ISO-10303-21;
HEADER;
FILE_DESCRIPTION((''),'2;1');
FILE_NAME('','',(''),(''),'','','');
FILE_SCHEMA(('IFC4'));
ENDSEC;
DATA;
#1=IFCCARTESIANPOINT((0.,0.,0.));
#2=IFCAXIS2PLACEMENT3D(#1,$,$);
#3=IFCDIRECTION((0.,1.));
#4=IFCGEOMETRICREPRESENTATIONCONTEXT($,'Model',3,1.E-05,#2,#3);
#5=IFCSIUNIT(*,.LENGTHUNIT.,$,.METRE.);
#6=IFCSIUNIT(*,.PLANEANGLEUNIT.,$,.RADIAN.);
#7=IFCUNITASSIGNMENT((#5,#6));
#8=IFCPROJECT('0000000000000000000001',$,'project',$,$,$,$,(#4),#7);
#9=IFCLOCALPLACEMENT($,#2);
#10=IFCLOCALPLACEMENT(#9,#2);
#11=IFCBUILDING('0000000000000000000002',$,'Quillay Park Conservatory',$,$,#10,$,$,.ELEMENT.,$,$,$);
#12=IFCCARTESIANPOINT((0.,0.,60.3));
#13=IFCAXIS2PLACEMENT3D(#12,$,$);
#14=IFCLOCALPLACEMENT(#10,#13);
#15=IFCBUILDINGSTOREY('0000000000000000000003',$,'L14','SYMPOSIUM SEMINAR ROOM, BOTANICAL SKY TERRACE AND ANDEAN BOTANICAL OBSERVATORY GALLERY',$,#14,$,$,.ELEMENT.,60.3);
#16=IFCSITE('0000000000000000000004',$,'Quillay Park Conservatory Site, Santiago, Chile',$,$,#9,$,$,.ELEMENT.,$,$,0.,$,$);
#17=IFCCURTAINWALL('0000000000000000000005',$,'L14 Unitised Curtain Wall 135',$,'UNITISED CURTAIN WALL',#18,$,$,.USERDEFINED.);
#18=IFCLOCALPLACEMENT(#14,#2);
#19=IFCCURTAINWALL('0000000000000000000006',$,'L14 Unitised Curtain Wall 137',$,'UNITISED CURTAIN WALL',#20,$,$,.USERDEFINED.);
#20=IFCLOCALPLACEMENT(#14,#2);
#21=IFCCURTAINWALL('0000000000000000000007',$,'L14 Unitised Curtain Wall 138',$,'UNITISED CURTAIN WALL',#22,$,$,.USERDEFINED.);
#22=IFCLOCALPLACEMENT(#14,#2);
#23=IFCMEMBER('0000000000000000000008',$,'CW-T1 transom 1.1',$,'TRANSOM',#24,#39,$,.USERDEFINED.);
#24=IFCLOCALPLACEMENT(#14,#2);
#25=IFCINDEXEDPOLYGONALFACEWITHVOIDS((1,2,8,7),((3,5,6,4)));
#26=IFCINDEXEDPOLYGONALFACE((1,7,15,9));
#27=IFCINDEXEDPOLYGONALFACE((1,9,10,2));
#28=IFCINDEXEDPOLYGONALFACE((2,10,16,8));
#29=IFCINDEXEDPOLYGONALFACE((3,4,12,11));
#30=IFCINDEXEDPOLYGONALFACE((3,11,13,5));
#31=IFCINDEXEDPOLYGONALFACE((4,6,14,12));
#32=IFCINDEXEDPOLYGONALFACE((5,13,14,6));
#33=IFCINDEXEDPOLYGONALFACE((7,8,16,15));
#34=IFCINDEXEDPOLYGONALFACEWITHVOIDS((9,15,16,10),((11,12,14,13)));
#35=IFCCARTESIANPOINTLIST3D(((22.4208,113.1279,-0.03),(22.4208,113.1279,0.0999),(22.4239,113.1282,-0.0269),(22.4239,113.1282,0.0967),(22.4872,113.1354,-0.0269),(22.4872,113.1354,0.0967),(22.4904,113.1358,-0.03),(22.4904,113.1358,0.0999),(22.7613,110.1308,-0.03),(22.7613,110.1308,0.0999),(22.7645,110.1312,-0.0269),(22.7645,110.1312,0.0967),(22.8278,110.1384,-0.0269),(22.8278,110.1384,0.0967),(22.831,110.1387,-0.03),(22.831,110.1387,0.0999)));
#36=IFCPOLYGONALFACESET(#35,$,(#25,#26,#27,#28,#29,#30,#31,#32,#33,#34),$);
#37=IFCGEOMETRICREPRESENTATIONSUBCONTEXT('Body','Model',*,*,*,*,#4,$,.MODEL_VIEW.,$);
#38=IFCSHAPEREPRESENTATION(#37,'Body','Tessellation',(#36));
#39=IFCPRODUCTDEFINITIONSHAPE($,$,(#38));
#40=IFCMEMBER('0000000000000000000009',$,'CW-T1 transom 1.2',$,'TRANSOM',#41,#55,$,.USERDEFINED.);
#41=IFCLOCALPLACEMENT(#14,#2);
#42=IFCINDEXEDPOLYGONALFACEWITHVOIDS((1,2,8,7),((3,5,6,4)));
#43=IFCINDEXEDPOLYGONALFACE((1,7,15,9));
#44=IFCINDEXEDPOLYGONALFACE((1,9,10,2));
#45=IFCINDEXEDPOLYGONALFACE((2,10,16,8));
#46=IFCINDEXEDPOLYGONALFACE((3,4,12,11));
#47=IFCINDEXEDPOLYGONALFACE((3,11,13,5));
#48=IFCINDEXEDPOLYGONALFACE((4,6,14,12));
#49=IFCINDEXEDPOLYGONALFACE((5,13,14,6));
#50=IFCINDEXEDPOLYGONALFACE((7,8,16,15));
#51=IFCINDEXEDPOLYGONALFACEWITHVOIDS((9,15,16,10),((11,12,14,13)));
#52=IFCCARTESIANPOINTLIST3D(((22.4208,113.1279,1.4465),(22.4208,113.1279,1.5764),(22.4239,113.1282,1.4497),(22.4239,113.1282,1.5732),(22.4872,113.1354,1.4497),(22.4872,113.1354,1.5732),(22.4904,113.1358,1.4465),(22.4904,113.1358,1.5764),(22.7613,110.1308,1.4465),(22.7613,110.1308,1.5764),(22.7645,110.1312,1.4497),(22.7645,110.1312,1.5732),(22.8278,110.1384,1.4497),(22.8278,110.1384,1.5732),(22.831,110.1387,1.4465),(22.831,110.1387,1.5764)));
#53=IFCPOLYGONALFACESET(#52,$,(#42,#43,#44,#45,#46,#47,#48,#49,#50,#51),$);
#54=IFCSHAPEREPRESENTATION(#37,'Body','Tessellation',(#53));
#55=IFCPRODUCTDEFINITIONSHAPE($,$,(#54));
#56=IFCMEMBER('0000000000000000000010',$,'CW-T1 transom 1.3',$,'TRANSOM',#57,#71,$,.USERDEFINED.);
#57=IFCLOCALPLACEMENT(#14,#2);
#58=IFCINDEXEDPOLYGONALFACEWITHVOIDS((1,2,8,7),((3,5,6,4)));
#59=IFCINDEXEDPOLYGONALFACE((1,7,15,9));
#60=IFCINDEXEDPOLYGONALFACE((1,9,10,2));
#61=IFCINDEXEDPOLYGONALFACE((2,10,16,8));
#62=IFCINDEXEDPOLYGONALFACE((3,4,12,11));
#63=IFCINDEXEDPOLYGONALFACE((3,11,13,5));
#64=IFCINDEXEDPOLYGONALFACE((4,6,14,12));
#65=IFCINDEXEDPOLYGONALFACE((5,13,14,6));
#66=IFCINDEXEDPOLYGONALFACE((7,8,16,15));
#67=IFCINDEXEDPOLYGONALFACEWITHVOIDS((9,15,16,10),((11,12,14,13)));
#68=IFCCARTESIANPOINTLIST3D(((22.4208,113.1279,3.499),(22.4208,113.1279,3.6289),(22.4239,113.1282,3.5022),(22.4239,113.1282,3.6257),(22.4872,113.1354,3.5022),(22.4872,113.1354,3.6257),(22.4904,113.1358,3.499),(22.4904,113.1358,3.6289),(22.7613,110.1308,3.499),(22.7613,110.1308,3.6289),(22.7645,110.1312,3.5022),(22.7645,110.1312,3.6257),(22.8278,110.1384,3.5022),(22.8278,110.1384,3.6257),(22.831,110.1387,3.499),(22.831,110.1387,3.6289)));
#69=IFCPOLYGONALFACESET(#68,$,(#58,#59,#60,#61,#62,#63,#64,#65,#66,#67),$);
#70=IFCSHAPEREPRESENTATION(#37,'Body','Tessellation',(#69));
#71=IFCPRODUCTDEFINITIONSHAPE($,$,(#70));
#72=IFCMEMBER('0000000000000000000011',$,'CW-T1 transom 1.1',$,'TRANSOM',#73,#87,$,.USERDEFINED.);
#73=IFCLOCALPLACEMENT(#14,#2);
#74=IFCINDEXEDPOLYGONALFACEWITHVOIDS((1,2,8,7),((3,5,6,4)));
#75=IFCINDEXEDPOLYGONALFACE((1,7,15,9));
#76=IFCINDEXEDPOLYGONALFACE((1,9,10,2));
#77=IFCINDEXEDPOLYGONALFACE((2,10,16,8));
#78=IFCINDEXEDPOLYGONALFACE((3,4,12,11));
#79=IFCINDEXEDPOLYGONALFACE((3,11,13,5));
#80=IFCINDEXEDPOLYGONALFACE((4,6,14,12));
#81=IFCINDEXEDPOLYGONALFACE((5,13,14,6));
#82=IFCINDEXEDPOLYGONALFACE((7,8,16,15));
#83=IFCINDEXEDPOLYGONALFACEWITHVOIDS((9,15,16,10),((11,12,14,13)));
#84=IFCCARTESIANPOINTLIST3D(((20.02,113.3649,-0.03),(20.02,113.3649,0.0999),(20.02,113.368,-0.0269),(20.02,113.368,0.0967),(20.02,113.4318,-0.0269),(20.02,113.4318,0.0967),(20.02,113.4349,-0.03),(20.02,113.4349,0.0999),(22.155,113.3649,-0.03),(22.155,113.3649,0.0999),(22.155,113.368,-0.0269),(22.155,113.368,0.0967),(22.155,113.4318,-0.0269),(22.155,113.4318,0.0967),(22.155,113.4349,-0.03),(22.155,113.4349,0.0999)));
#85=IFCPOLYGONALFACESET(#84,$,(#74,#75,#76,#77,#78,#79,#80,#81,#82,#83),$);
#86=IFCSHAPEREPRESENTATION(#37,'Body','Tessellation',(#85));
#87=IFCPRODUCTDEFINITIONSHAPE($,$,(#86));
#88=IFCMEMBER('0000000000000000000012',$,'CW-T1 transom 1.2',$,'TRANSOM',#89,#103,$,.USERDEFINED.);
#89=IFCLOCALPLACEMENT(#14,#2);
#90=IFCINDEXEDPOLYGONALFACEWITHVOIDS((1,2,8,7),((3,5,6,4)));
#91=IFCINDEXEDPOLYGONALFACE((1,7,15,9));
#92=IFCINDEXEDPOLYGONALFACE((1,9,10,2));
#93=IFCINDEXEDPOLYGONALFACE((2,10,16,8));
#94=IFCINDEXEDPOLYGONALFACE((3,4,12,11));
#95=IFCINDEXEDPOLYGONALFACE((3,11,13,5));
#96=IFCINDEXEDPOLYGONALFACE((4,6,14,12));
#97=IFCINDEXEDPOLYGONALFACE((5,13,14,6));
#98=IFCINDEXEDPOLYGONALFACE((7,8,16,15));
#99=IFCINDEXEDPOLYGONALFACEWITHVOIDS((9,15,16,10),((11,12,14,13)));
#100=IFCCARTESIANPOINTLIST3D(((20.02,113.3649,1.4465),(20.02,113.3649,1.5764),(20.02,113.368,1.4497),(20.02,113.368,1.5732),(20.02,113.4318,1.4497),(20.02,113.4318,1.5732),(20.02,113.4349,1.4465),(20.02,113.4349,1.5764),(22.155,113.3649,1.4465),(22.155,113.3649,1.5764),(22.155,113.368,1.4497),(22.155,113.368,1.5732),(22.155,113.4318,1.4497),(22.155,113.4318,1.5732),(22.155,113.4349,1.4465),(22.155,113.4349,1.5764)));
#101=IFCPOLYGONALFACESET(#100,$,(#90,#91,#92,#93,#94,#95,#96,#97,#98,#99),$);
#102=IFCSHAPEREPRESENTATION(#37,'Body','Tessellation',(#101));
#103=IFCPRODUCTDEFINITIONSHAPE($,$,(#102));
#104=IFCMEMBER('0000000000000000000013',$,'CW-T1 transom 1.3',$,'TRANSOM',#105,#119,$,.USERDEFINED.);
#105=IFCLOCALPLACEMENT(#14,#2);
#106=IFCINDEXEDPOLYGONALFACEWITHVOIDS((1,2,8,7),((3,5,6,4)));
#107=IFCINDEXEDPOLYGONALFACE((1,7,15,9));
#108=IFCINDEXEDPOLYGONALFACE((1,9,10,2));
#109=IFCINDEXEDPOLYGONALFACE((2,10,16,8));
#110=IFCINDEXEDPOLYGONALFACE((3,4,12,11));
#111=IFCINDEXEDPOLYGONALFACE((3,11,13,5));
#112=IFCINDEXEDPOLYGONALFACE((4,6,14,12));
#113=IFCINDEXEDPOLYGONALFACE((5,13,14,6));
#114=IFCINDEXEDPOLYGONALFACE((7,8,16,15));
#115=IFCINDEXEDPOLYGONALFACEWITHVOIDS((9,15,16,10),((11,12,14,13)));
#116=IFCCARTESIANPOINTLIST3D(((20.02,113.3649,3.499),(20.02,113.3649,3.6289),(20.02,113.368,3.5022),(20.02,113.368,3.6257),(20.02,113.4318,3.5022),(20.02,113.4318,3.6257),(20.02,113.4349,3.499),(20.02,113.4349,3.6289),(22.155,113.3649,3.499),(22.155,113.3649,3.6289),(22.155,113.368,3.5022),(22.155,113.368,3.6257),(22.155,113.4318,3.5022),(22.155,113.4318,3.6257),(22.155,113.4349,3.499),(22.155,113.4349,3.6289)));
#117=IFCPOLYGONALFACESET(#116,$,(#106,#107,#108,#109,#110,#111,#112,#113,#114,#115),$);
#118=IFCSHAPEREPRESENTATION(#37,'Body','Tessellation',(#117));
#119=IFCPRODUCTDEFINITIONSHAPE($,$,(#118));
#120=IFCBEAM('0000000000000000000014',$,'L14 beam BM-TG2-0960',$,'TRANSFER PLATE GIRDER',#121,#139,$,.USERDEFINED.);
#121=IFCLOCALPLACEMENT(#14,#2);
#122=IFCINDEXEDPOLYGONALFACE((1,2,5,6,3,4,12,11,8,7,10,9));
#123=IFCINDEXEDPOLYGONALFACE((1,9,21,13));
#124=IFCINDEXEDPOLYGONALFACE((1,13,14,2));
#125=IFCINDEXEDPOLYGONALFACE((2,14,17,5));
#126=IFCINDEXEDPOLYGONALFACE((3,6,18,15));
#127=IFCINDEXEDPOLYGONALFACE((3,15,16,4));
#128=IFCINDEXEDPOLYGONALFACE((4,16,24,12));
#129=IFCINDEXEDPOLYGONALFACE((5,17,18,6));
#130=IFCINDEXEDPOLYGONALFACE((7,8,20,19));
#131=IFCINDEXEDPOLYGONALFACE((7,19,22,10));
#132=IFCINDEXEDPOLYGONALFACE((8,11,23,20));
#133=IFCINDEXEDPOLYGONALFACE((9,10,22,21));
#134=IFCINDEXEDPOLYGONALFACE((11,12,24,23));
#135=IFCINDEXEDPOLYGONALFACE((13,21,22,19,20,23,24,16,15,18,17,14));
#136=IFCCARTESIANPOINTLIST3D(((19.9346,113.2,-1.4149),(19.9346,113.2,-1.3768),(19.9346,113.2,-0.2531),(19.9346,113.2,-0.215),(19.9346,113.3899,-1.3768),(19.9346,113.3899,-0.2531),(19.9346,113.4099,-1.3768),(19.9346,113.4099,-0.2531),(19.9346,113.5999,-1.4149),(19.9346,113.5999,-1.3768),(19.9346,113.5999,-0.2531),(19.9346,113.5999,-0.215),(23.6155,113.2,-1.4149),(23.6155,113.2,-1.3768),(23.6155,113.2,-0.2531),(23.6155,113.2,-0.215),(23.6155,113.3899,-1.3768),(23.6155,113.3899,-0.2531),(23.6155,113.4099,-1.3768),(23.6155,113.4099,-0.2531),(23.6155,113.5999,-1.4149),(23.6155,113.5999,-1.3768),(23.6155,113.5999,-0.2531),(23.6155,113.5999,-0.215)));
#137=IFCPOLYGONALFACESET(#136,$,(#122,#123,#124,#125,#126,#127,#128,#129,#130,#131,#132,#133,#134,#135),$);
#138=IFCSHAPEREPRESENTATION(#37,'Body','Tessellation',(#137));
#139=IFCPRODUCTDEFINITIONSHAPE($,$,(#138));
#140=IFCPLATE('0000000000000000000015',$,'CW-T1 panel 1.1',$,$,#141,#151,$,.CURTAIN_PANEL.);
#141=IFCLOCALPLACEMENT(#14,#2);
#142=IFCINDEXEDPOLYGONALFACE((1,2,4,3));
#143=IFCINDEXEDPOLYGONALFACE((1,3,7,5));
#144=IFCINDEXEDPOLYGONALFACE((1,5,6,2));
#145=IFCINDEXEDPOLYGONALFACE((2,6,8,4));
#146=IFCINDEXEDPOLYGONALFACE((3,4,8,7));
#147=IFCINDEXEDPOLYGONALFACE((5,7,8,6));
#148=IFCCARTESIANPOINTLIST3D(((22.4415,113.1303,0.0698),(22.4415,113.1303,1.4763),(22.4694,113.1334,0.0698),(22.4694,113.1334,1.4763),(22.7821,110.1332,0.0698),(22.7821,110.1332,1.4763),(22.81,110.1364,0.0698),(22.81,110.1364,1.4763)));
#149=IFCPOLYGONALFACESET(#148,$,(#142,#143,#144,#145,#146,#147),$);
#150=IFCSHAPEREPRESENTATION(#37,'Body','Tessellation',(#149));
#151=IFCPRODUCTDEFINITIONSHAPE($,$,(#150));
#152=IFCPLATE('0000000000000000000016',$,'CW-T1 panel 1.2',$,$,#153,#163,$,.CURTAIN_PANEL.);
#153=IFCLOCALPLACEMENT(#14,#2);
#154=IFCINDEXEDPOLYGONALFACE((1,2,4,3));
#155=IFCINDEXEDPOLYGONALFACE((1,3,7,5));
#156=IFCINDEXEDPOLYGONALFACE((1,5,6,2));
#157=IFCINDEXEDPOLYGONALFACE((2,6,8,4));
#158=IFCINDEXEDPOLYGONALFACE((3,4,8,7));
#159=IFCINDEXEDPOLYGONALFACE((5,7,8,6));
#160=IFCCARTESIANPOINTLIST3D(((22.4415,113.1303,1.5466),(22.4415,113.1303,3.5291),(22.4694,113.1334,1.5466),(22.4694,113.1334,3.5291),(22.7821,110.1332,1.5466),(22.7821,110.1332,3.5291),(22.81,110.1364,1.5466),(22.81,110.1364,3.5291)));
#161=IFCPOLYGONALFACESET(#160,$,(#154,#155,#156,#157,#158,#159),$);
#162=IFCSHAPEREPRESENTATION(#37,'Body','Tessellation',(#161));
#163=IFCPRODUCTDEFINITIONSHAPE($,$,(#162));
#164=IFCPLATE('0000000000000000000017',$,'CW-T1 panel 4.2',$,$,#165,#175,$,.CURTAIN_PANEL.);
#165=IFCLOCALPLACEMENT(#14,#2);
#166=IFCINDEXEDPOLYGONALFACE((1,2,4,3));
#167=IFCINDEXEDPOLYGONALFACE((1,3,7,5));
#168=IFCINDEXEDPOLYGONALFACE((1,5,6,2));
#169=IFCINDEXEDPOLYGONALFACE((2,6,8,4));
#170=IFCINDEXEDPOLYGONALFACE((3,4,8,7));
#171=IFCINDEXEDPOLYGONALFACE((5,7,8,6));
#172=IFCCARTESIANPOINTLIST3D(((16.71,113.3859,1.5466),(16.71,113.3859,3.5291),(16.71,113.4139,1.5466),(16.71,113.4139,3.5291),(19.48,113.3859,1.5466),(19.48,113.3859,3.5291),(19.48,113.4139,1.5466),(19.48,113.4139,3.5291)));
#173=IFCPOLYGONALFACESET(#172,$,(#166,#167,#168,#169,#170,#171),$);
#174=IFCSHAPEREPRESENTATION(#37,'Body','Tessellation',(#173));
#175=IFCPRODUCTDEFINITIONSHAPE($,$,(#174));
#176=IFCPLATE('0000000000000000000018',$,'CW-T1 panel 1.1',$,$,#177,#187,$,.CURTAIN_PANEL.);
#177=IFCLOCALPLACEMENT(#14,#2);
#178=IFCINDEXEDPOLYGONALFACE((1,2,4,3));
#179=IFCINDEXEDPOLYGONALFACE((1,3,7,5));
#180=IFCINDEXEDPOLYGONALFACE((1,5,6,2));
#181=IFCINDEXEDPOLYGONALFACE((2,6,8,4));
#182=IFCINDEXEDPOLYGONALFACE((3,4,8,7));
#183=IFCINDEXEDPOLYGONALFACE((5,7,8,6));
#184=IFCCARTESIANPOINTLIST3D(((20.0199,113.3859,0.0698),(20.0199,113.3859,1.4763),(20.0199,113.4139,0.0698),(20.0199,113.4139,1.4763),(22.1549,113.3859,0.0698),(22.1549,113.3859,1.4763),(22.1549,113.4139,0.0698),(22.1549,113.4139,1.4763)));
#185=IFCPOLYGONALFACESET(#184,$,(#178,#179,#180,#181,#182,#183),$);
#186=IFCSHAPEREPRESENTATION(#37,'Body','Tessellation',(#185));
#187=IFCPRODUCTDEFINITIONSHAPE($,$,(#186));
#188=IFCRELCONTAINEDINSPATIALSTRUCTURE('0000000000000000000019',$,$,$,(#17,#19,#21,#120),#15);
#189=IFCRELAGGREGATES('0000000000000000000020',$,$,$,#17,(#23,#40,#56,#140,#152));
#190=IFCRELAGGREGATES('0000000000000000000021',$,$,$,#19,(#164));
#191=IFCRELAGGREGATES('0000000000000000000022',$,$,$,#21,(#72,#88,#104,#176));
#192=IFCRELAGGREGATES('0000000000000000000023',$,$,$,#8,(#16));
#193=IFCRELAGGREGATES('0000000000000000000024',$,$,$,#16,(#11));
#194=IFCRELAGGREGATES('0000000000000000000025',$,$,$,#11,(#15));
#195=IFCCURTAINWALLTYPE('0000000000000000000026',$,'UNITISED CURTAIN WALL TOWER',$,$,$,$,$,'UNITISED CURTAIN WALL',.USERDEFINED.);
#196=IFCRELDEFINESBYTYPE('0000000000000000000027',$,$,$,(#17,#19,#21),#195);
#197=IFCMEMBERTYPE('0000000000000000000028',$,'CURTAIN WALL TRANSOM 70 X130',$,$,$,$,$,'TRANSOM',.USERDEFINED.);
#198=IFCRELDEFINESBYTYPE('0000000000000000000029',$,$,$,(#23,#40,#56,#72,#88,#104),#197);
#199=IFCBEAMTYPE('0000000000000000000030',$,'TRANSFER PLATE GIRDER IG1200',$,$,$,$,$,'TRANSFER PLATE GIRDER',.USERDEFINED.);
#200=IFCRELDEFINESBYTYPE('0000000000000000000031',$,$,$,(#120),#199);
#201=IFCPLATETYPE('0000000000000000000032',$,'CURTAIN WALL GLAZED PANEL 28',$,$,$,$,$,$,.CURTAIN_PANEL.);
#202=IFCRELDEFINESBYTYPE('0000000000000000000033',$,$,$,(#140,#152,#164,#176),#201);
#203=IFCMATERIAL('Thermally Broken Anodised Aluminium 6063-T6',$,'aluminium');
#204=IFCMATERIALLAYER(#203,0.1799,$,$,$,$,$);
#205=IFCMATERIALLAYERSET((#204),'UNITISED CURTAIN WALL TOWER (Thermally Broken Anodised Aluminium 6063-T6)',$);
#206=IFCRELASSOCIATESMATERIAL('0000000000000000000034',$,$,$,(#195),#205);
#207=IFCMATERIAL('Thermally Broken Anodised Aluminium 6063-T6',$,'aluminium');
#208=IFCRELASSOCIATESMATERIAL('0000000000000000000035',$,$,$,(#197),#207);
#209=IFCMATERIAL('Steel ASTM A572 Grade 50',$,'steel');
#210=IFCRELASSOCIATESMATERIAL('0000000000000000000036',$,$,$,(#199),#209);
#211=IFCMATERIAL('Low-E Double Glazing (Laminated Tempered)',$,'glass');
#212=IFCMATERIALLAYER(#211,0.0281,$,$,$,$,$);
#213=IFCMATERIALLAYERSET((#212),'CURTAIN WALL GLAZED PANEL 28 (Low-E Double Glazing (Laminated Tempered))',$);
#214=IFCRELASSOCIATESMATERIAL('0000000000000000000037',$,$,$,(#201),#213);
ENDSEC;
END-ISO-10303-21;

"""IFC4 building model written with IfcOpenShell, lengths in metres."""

from ifc_helpers import new_model, si_unit, direction, frame, origin, origin_2d, place, context, subcontext, project, spatial, rectangle, hollow_rectangle, i_section, extrude, material, layer, layer_set, material_profile, profile_set, type_object, element, aggregate, save


model = new_model("IFC4")

# Units and contexts
model_context = context("Model", 3, precision=1e-05, world=origin(), true_north=direction((0.0, 1.0)))
body_context = subcontext(model_context, "Body", "Model", "MODEL_VIEW")
ifc_project = project(units=[si_unit("LENGTHUNIT", "METRE"), si_unit("PLANEANGLEUNIT", "RADIAN")], contexts=[model_context])

# Site, building, storey
site_placement = place(None, origin())
site = spatial("IfcSite", under=ifc_project, at=site_placement, Name="Quillay Park Conservatory Site, Santiago, Chile", CompositionType="ELEMENT", RefElevation=0.0)
building_placement = place(site_placement, origin())
building = spatial("IfcBuilding", under=site, at=building_placement, Name="Quillay Park Conservatory", CompositionType="ELEMENT")
storey_placement = place(building_placement, frame((0.0, 0.0, 60.3)))
storey = spatial("IfcBuildingStorey", under=building, at=storey_placement, Name="L14", Description="SYMPOSIUM SEMINAR ROOM, BOTANICAL SKY TERRACE AND ANDEAN BOTANICAL OBSERVATORY GALLERY", CompositionType="ELEMENT", Elevation=60.3)

# Curtain wall
ifc_material_1 = material(Name="Thermally Broken Anodised Aluminium 6063-T6", Category="aluminium")
ifc_layer_1 = layer(ifc_material_1, 0.1799)
ifc_layer_set_1 = layer_set([ifc_layer_1], Name="UNITISED CURTAIN WALL TOWER (Thermally Broken Anodised Aluminium 6063-T6)")
curtain_wall_type = type_object("IfcCurtainWallType", Name="UNITISED CURTAIN WALL TOWER", ElementType="UNITISED CURTAIN WALL", PredefinedType="USERDEFINED", material=ifc_layer_set_1)
curtain_wall_1_placement = place(storey_placement, origin())
curtain_wall_1 = element("IfcCurtainWall", 1, at=curtain_wall_1_placement, inside=storey, type_object=curtain_wall_type, Name="L14 Unitised Curtain Wall 135", ObjectType="UNITISED CURTAIN WALL", PredefinedType="USERDEFINED")

# Curtain wall
curtain_wall_2_placement = place(storey_placement, origin())
curtain_wall_2 = element("IfcCurtainWall", 2, at=curtain_wall_2_placement, inside=storey, type_object=curtain_wall_type, Name="L14 Unitised Curtain Wall 137", ObjectType="UNITISED CURTAIN WALL", PredefinedType="USERDEFINED")

# Curtain wall
curtain_wall_3_placement = place(storey_placement, origin())
curtain_wall_3 = element("IfcCurtainWall", 3, at=curtain_wall_3_placement, inside=storey, type_object=curtain_wall_type, Name="L14 Unitised Curtain Wall 138", ObjectType="UNITISED CURTAIN WALL", PredefinedType="USERDEFINED")

# Members
ifc_material_2 = material(Name="Thermally Broken Anodised Aluminium 6063-T6", Category="aluminium")
ifc_material_profile_1 = material_profile(ifc_material_2, hollow_rectangle(XDim=0.0701, YDim=0.1299, WallThickness=0.0032, at=origin_2d()), Name="AL70x130x3.2")
ifc_profile_set_1 = profile_set([ifc_material_profile_1], Name="Thermally Broken Anodised Aluminium 6063-T6")
member_type_1 = type_object("IfcMemberType", Name="CURTAIN WALL TRANSOM 70 X130", ElementType="TRANSOM", PredefinedType="USERDEFINED", material=ifc_profile_set_1)
member_1_placement = place(storey_placement, frame((22.4556, 113.1318, 0.0349), z_axis=(0.11291, -0.993605, 0.0), x_axis=(0.993605, 0.11291, 0.0)))
member_1 = element("IfcMember", 4, at=member_1_placement, type_object=member_type_1, Name="CW-T1 transom 1.1", ObjectType="TRANSOM", PredefinedType="USERDEFINED", context=body_context, shape_type="SweptSolid", body=[
    extrude(hollow_rectangle(XDim=0.0701, YDim=0.1299, WallThickness=0.0032, at=origin_2d()), origin(), (0.0, 0.0, 1.0), 3.0164),
])
member_2_placement = place(storey_placement, frame((22.4556, 113.1318, 1.5115), z_axis=(0.11291, -0.993605, 0.0), x_axis=(0.993605, 0.11291, 0.0)))
member_2 = element("IfcMember", 5, at=member_2_placement, type_object=member_type_1, Name="CW-T1 transom 1.2", ObjectType="TRANSOM", PredefinedType="USERDEFINED", context=body_context, shape_type="SweptSolid", body=[
    extrude(hollow_rectangle(XDim=0.0701, YDim=0.1299, WallThickness=0.0032, at=origin_2d()), origin(), (0.0, 0.0, 1.0), 3.0164),
])
member_3_placement = place(storey_placement, frame((22.4556, 113.1318, 3.564), z_axis=(0.11291, -0.993605, 0.0), x_axis=(0.993605, 0.11291, 0.0)))
member_3 = element("IfcMember", 6, at=member_3_placement, type_object=member_type_1, Name="CW-T1 transom 1.3", ObjectType="TRANSOM", PredefinedType="USERDEFINED", context=body_context, shape_type="SweptSolid", body=[
    extrude(hollow_rectangle(XDim=0.0701, YDim=0.1299, WallThickness=0.0032, at=origin_2d()), origin(), (0.0, 0.0, 1.0), 3.0164),
])
member_4_placement = place(storey_placement, frame((20.02, 113.3999, 0.0349), z_axis=(1.0, 0.0, 0.0), x_axis=(0.0, 1.0, 0.0)))
member_4 = element("IfcMember", 7, at=member_4_placement, type_object=member_type_1, Name="CW-T1 transom 1.1", ObjectType="TRANSOM", PredefinedType="USERDEFINED", context=body_context, shape_type="SweptSolid", body=[
    extrude(hollow_rectangle(XDim=0.0701, YDim=0.1299, WallThickness=0.0032, at=origin_2d()), origin(), (0.0, 0.0, 1.0), 2.135),
])
member_5_placement = place(storey_placement, frame((20.02, 113.3999, 1.5115), z_axis=(1.0, 0.0, 0.0), x_axis=(0.0, 1.0, 0.0)))
member_5 = element("IfcMember", 8, at=member_5_placement, type_object=member_type_1, Name="CW-T1 transom 1.2", ObjectType="TRANSOM", PredefinedType="USERDEFINED", context=body_context, shape_type="SweptSolid", body=[
    extrude(hollow_rectangle(XDim=0.0701, YDim=0.1299, WallThickness=0.0032, at=origin_2d()), origin(), (0.0, 0.0, 1.0), 2.135),
])
member_6_placement = place(storey_placement, frame((20.02, 113.3999, 3.564), z_axis=(1.0, 0.0, 0.0), x_axis=(0.0, 1.0, 0.0)))
member_6 = element("IfcMember", 9, at=member_6_placement, type_object=member_type_1, Name="CW-T1 transom 1.3", ObjectType="TRANSOM", PredefinedType="USERDEFINED", context=body_context, shape_type="SweptSolid", body=[
    extrude(hollow_rectangle(XDim=0.0701, YDim=0.1299, WallThickness=0.0032, at=origin_2d()), origin(), (0.0, 0.0, 1.0), 2.135),
])

# Beam
ifc_material_3 = material(Name="Steel ASTM A572 Grade 50", Category="steel")
ifc_material_profile_2 = material_profile(ifc_material_3, i_section(OverallWidth=0.3999, OverallDepth=1.2, WebThickness=0.02, FlangeThickness=0.0381, at=origin_2d()), Name="IG1200x400")
ifc_profile_set_2 = profile_set([ifc_material_profile_2], Name="Steel ASTM A572 Grade 50")
beam_type = type_object("IfcBeamType", Name="TRANSFER PLATE GIRDER IG1200", ElementType="TRANSFER PLATE GIRDER", PredefinedType="USERDEFINED", material=ifc_profile_set_2)
beam_placement = place(storey_placement, frame((19.9346, 113.3999, -0.8149), z_axis=(1.0, 0.0, 0.0), x_axis=(0.0, 1.0, 0.0)))
element("IfcBeam", 10, at=beam_placement, inside=storey, type_object=beam_type, Name="L14 beam BM-TG2-0960", ObjectType="TRANSFER PLATE GIRDER", PredefinedType="USERDEFINED", context=body_context, shape_type="SweptSolid", body=[
    extrude(i_section(OverallWidth=0.3999, OverallDepth=1.2, WebThickness=0.02, FlangeThickness=0.0381, at=origin_2d()), origin(), (0.0, 0.0, 1.0), 3.6809),
])

# Plates
ifc_material_4 = material(Name="Low-E Double Glazing (Laminated Tempered)", Category="glass")
ifc_layer_2 = layer(ifc_material_4, 0.0281)
ifc_layer_set_2 = layer_set([ifc_layer_2], Name="CURTAIN WALL GLAZED PANEL 28 (Low-E Double Glazing (Laminated Tempered))")
plate_type_1 = type_object("IfcPlateType", Name="CURTAIN WALL GLAZED PANEL 28", PredefinedType="CURTAIN_PANEL", material=ifc_layer_set_2)
plate_1_placement = place(storey_placement, frame((22.6257, 111.6333, 0.0698), z_axis=(0.0, 0.0, 1.0), x_axis=(0.112903, -0.993606, 0.0)))
plate_1 = element("IfcPlate", 11, at=plate_1_placement, type_object=plate_type_1, Name="CW-T1 panel 1.1", PredefinedType="CURTAIN_PANEL", context=body_context, shape_type="SweptSolid", body=[
    extrude(rectangle(XDim=3.0164, YDim=0.0281, at=origin_2d()), origin(), (0.0, 0.0, 1.0), 1.4065),
])
plate_2_placement = place(storey_placement, frame((22.6257, 111.6333, 1.5466), z_axis=(0.0, 0.0, 1.0), x_axis=(0.112903, -0.993606, 0.0)))
plate_2 = element("IfcPlate", 12, at=plate_2_placement, type_object=plate_type_1, Name="CW-T1 panel 1.2", PredefinedType="CURTAIN_PANEL", context=body_context, shape_type="SweptSolid", body=[
    extrude(rectangle(XDim=3.0164, YDim=0.0281, at=origin_2d()), origin(), (0.0, 0.0, 1.0), 1.9824),
])
aggregate(curtain_wall_1, [member_1, member_2, member_3, plate_1, plate_2])
plate_3_placement = place(storey_placement, frame((18.095, 113.3999, 1.5466), z_axis=(0.0, 0.0, 1.0), x_axis=(1.0, 0.0, 0.0)))
plate_3 = element("IfcPlate", 13, at=plate_3_placement, type_object=plate_type_1, Name="CW-T1 panel 4.2", PredefinedType="CURTAIN_PANEL", context=body_context, shape_type="SweptSolid", body=[
    extrude(rectangle(XDim=2.77, YDim=0.0281, at=origin_2d()), origin(), (0.0, 0.0, 1.0), 1.9824),
])
aggregate(curtain_wall_2, [plate_3])
plate_4_placement = place(storey_placement, frame((21.0874, 113.3999, 0.0698), z_axis=(0.0, 0.0, 1.0), x_axis=(1.0, 0.0, 0.0)))
plate_4 = element("IfcPlate", 14, at=plate_4_placement, type_object=plate_type_1, Name="CW-T1 panel 1.1", PredefinedType="CURTAIN_PANEL", context=body_context, shape_type="SweptSolid", body=[
    extrude(rectangle(XDim=2.135, YDim=0.0281, at=origin_2d()), origin(), (0.0, 0.0, 1.0), 1.4065),
])
aggregate(curtain_wall_3, [member_4, member_5, member_6, plate_4])

save(model, "model.ifc")
